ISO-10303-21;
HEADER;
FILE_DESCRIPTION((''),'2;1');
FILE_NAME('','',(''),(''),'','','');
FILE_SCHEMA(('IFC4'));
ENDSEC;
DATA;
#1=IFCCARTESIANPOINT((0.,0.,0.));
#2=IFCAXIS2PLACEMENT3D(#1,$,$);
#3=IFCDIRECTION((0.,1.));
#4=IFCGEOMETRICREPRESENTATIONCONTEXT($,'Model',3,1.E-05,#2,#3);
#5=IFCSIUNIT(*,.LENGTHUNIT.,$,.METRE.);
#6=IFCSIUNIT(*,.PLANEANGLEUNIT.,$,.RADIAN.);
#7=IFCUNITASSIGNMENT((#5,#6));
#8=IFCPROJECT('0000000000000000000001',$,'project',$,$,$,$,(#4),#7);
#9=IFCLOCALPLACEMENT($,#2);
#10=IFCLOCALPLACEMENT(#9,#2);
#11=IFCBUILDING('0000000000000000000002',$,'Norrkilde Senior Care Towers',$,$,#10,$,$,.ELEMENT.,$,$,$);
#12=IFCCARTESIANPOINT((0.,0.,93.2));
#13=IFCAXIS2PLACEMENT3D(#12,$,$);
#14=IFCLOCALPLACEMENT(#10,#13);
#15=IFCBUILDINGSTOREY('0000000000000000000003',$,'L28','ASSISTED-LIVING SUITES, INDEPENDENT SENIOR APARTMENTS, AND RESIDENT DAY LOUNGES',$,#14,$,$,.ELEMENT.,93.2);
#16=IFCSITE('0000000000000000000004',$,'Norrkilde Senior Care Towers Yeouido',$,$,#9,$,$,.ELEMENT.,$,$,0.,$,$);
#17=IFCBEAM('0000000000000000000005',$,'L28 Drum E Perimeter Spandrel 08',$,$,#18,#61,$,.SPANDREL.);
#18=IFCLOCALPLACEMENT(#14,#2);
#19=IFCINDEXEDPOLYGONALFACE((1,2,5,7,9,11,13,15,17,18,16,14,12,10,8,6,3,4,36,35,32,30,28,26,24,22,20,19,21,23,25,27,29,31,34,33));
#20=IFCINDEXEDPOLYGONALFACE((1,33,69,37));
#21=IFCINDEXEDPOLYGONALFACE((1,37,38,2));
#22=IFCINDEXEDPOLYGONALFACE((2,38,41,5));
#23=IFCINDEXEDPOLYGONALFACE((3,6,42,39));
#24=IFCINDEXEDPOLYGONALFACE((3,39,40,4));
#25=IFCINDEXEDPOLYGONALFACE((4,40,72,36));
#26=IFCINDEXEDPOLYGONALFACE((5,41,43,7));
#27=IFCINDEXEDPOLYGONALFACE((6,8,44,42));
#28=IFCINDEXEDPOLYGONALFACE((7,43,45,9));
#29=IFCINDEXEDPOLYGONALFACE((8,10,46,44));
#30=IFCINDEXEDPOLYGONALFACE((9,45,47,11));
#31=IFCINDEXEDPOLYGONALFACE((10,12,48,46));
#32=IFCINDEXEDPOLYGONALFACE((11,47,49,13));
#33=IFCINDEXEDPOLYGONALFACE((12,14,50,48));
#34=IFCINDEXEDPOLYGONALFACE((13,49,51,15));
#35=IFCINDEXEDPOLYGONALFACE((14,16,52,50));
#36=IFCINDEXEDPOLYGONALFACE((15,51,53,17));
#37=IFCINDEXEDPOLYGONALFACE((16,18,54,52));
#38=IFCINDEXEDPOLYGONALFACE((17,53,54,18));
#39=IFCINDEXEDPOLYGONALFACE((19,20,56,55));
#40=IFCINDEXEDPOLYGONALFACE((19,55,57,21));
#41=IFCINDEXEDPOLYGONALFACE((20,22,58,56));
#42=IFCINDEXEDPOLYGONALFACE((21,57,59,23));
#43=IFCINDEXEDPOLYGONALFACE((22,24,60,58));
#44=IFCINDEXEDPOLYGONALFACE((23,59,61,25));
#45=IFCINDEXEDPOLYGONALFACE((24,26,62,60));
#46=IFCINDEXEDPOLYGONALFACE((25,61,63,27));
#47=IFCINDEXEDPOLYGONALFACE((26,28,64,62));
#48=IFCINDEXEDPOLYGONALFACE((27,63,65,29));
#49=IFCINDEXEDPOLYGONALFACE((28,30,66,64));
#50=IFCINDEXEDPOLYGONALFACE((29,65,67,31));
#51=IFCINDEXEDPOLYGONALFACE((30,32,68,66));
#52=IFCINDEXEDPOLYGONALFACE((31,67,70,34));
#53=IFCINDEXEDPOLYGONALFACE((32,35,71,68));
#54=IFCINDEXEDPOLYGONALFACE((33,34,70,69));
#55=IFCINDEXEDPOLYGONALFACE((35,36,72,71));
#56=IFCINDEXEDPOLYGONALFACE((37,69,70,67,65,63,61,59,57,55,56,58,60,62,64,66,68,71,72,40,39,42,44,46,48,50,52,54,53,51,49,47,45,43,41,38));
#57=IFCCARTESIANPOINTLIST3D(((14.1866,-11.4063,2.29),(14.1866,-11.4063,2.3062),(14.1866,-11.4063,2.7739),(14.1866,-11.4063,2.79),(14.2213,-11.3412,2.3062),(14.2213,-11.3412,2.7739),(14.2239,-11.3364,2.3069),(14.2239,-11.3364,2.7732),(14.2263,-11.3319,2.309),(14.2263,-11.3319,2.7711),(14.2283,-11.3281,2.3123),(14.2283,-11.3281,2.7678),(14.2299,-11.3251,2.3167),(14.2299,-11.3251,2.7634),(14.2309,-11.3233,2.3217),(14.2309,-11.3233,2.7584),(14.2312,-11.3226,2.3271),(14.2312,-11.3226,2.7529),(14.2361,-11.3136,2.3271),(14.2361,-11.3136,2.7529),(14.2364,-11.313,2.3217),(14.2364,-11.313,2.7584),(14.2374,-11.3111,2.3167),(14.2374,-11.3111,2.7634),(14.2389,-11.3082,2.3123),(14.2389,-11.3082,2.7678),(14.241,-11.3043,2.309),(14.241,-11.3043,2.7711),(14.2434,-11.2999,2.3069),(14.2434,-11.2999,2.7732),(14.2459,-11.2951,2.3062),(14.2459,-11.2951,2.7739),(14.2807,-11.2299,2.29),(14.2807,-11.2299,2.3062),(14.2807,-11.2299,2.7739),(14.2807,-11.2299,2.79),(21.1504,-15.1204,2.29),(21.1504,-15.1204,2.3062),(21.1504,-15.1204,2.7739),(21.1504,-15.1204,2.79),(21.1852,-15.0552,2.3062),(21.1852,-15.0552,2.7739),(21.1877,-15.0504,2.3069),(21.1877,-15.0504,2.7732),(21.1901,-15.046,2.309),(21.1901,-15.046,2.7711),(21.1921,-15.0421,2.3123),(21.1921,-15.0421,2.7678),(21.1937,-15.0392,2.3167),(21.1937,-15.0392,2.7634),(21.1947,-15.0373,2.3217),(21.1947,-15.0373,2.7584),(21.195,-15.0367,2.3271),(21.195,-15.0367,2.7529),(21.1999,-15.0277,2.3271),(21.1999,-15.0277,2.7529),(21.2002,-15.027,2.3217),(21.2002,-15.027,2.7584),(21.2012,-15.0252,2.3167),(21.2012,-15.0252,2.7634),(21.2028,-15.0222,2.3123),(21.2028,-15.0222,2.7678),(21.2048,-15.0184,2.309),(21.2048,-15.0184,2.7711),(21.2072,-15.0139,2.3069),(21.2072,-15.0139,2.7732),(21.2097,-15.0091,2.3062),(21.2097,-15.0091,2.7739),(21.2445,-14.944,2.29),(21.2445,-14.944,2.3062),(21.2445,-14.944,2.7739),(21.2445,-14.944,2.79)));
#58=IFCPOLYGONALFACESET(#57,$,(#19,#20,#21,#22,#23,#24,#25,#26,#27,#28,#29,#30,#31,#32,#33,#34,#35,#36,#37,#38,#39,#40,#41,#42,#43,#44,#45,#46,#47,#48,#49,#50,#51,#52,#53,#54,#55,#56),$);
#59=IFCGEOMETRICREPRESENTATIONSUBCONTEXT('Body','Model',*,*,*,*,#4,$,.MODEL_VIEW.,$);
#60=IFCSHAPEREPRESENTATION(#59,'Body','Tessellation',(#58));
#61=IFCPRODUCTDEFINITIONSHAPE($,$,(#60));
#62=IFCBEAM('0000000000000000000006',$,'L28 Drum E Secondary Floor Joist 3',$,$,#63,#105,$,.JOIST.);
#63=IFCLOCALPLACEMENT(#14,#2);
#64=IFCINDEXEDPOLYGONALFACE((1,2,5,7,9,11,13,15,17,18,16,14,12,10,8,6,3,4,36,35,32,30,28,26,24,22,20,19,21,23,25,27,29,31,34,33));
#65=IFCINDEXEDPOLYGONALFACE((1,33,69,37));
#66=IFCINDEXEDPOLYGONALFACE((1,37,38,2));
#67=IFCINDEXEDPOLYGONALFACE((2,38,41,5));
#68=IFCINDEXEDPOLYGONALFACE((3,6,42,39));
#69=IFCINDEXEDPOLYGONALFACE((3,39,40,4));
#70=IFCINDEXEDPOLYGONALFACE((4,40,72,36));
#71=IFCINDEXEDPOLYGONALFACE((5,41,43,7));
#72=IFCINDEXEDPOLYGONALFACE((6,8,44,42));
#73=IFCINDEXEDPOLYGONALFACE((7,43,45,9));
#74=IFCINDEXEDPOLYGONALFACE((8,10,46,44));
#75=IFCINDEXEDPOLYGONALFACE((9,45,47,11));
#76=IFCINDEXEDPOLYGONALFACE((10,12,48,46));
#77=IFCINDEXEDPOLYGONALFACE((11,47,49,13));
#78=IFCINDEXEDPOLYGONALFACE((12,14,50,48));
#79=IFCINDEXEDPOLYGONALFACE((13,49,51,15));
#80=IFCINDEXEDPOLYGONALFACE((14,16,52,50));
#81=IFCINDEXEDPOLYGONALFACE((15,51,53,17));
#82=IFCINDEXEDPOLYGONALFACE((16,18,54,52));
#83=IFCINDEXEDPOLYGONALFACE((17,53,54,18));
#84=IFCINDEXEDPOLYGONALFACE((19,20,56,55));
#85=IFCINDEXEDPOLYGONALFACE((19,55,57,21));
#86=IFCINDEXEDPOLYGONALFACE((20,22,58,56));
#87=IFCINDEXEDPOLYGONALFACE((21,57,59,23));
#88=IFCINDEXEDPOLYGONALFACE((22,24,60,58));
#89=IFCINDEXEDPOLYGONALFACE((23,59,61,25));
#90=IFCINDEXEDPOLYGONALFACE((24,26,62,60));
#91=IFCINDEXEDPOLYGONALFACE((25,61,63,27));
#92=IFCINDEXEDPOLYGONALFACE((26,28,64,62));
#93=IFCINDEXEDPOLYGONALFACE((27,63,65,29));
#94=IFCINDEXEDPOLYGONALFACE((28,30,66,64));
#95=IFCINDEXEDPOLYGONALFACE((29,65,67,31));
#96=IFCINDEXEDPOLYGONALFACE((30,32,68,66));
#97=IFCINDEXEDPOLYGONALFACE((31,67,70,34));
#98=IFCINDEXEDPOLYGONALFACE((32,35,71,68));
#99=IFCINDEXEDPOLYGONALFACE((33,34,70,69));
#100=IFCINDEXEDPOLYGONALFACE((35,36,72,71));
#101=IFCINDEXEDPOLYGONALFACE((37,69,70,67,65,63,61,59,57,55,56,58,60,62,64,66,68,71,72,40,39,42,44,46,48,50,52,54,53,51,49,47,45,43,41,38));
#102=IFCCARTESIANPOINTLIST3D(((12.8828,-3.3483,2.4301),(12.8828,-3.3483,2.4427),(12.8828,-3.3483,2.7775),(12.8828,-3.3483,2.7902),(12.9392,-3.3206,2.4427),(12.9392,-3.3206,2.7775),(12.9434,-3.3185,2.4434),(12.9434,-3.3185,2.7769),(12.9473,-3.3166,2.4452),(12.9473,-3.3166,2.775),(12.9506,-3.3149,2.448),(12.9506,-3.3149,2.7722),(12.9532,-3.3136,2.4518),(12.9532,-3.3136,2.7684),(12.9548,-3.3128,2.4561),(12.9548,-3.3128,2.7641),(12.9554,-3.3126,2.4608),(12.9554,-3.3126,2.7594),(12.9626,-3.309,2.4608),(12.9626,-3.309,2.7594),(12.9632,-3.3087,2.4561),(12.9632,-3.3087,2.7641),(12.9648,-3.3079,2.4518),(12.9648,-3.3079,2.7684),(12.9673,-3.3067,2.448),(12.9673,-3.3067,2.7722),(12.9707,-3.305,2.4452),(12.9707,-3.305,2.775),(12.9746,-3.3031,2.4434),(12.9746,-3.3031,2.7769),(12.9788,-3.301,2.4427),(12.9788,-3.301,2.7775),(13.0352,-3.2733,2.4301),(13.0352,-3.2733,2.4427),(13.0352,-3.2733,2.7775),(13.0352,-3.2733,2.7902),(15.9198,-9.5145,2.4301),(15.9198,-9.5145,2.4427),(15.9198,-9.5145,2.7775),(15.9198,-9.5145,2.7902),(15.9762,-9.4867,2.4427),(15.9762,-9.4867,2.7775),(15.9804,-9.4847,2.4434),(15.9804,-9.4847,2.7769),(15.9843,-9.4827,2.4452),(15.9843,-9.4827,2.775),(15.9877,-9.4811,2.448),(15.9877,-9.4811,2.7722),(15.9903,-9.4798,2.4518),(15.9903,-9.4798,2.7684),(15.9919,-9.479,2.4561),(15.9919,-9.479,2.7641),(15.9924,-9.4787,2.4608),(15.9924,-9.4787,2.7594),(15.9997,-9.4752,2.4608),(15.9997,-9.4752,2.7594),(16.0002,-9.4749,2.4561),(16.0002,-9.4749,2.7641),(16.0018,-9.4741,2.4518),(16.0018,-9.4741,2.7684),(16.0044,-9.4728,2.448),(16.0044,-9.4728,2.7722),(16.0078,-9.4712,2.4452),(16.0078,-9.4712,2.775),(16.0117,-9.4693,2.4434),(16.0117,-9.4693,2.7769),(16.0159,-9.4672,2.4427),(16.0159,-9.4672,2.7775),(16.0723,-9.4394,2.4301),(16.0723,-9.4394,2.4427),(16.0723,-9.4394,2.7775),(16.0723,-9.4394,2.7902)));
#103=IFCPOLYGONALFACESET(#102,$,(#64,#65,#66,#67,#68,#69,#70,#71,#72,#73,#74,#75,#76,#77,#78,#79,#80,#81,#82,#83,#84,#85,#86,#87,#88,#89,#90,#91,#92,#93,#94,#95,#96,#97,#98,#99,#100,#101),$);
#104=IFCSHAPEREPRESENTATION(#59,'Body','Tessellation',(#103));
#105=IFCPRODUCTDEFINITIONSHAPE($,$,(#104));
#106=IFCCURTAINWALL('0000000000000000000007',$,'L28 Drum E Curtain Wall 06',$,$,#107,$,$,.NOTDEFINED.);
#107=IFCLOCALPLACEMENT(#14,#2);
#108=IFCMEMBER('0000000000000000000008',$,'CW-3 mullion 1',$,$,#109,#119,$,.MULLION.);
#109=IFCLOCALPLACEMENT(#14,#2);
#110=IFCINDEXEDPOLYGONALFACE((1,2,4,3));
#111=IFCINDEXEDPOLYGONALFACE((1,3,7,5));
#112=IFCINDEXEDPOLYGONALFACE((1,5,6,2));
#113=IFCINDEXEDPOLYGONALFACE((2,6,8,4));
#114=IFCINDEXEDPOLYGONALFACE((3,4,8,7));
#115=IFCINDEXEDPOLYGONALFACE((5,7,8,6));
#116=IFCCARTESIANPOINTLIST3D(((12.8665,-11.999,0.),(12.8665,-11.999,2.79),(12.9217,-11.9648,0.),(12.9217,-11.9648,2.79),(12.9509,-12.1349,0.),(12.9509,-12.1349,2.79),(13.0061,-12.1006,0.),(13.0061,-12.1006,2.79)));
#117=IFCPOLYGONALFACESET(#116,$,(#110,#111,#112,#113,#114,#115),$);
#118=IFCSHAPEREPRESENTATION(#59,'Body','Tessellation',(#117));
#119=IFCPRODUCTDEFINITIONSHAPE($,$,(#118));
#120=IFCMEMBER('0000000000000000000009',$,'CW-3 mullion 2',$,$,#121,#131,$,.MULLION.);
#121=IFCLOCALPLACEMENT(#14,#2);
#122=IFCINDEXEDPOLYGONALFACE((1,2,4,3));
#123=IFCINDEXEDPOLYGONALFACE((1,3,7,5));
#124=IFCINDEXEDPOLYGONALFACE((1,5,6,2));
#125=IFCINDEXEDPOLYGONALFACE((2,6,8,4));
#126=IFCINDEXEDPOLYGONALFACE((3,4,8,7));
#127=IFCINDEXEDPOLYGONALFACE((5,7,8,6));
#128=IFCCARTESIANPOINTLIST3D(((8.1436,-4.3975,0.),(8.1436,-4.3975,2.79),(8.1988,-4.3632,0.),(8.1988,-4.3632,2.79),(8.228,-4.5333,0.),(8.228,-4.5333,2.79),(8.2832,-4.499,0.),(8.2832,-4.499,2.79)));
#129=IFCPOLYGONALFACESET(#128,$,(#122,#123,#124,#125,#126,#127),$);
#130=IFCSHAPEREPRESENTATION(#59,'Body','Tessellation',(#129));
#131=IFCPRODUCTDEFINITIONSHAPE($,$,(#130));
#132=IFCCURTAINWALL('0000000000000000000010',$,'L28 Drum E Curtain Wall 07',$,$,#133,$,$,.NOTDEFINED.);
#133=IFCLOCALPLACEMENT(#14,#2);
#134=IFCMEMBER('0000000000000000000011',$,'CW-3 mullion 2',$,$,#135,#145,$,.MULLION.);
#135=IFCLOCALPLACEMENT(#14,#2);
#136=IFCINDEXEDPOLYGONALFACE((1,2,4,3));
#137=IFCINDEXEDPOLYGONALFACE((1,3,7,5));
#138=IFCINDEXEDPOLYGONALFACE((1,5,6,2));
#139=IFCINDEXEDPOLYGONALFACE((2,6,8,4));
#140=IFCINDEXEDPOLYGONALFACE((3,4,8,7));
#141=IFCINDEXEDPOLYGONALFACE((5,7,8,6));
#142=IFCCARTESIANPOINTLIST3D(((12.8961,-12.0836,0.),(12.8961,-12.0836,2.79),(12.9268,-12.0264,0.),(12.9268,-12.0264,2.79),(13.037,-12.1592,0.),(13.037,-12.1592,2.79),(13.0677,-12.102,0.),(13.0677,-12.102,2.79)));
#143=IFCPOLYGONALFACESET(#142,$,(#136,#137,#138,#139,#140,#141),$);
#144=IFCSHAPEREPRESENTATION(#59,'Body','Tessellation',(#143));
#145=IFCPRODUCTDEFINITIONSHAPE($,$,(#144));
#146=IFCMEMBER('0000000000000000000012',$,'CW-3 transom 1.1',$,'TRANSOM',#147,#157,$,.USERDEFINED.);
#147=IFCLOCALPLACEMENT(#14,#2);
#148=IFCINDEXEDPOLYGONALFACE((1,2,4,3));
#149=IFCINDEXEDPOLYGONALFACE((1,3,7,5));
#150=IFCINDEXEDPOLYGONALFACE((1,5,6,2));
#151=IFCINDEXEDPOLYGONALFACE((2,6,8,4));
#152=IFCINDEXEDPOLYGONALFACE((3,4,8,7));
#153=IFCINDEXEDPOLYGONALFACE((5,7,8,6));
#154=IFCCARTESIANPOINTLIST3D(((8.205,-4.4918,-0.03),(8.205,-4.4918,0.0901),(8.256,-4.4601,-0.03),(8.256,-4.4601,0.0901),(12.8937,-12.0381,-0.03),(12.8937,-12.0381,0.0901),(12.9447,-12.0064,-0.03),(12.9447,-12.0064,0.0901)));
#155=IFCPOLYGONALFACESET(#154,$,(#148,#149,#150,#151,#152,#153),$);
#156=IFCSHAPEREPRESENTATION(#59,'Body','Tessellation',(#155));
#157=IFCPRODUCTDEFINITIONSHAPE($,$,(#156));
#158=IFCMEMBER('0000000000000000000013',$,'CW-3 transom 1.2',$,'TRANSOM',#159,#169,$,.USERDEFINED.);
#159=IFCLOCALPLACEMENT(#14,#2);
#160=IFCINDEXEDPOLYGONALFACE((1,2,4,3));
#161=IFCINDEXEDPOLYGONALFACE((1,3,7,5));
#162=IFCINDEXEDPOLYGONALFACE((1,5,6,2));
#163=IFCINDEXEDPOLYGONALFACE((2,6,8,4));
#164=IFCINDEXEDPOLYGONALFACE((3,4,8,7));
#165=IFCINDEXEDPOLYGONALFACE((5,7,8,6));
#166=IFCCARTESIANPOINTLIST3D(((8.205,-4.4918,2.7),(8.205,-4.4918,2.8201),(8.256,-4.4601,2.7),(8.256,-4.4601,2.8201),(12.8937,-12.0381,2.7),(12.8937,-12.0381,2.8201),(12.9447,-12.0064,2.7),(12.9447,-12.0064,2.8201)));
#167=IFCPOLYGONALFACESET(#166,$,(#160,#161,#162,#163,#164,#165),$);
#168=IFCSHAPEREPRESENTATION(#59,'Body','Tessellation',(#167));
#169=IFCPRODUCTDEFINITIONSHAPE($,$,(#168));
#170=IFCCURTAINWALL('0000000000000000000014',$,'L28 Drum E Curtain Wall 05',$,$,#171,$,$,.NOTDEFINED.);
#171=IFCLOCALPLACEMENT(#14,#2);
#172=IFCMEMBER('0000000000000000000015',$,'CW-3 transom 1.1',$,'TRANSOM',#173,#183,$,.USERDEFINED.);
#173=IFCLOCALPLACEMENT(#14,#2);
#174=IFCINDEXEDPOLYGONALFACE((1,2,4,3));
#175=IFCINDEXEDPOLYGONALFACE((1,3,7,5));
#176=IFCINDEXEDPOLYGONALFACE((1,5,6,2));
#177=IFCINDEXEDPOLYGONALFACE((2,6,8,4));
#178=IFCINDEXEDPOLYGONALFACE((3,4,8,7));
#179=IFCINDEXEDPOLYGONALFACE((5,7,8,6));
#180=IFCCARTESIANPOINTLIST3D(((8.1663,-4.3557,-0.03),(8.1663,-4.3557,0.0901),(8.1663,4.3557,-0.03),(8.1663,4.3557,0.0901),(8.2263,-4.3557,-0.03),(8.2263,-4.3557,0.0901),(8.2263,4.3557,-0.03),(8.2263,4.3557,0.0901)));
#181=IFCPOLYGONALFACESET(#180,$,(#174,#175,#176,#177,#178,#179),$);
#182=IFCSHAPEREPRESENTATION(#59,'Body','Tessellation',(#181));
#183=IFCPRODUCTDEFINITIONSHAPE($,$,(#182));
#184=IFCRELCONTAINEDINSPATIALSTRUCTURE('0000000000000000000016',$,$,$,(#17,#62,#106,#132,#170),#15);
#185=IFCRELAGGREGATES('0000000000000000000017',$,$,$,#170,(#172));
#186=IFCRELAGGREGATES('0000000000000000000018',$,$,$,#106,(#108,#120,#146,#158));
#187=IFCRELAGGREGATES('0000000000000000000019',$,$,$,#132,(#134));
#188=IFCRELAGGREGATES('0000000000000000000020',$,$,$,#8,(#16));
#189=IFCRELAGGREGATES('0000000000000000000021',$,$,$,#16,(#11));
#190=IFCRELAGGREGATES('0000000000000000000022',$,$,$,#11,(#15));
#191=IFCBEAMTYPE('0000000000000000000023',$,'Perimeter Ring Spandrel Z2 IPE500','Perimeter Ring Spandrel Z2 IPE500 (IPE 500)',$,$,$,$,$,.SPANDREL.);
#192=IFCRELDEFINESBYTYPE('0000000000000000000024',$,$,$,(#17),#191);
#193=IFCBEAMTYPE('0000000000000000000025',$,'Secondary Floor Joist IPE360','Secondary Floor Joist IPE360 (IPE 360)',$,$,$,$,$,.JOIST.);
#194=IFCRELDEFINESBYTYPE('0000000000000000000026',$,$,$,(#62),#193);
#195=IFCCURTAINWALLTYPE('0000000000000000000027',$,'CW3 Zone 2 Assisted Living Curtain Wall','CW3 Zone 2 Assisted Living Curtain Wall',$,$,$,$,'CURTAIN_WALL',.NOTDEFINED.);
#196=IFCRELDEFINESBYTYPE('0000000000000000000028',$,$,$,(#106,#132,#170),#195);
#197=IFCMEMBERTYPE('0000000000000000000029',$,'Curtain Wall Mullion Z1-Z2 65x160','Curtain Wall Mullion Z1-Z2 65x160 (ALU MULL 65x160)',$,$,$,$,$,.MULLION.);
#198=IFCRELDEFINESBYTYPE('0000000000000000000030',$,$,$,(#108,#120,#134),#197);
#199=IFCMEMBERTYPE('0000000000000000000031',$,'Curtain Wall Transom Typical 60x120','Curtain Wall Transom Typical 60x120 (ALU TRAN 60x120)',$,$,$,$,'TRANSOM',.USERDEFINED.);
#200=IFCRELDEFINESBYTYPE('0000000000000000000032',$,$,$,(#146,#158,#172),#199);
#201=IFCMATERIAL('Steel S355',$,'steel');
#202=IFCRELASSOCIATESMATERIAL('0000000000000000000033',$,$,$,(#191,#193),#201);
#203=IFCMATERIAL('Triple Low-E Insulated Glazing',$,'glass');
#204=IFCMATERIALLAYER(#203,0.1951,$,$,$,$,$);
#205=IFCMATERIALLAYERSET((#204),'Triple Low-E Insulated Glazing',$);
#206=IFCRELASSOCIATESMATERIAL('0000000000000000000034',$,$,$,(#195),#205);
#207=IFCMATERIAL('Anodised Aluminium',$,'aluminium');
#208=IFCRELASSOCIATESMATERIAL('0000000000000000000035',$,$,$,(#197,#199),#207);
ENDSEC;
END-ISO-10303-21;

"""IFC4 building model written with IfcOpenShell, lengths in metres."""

from ifc_helpers import new_model, si_unit, direction, frame, origin, origin_2d, place, context, subcontext, project, spatial, rectangle, i_section, extrude, source, transform, mapped, material, layer, layer_set, material_profile, profile_set, type_object, type_shapes, element, aggregate, save


model = new_model("IFC4")

# Units and contexts
model_context = context("Model", 3, precision=1e-05, world=origin(), true_north=direction((0.0, 1.0)))
body_context = subcontext(model_context, "Body", "Model", "MODEL_VIEW")
ifc_project = project(units=[si_unit("LENGTHUNIT", "METRE"), si_unit("PLANEANGLEUNIT", "RADIAN")], contexts=[model_context])

# Site, building, storey
site_placement = place(None, origin())
site = spatial("IfcSite", under=ifc_project, at=site_placement, Name="Norrkilde Senior Care Towers Yeouido", CompositionType="ELEMENT", RefElevation=0.0)
building_placement = place(site_placement, origin())
building = spatial("IfcBuilding", under=site, at=building_placement, Name="Norrkilde Senior Care Towers", CompositionType="ELEMENT")
storey_placement = place(building_placement, frame((0.0, 0.0, 93.2)))
storey = spatial("IfcBuildingStorey", under=building, at=storey_placement, Name="L28", Description="ASSISTED-LIVING SUITES, INDEPENDENT SENIOR APARTMENTS, AND RESIDENT DAY LOUNGES", CompositionType="ELEMENT", Elevation=93.2)

# Beams
ifc_material_1 = material(Name="Steel S355", Category="steel")
ifc_material_profile_1 = material_profile(ifc_material_1, i_section(OverallWidth=0.2, OverallDepth=0.5, WebThickness=0.0103, FlangeThickness=0.0161, FilletRadius=0.021, at=origin_2d()), Name="IPE 500")
ifc_profile_set_1 = profile_set([ifc_material_profile_1], Name="Steel S355")
beam_type_1 = type_object("IfcBeamType", Name="Perimeter Ring Spandrel Z2 IPE500", Description="Perimeter Ring Spandrel Z2 IPE500 (IPE 500)", PredefinedType="SPANDREL", material=ifc_profile_set_1)
shared_shape_1 = source(origin(), body_context, "Body", "SweptSolid", [
    extrude(i_section(OverallWidth=0.2, OverallDepth=0.5, WebThickness=0.0103, FlangeThickness=0.0161, FilletRadius=0.021, at=origin_2d()), origin(), (0.0, 0.0, 1.0), 7.8923),
])
beam_1_placement = place(storey_placement, frame((14.2336, -11.3181, 2.54), z_axis=(0.88235, -0.470593, 0.0), x_axis=(0.470593, 0.88235, 0.0)))
element("IfcBeam", 1, at=beam_1_placement, inside=storey, type_object=beam_type_1, Name="L28 Drum E Perimeter Spandrel 08", PredefinedType="SPANDREL", context=body_context, shape_type="MappedRepresentation", body=[
    mapped(shared_shape_1, transform((0.0, 0.0, 0.0), x_axis=(1.0, 0.0, 0.0), y_axis=(0.0, 1.0, 0.0), z_axis=(0.0, 0.0, 1.0), scale=1.0)),
])
ifc_material_profile_2 = material_profile(ifc_material_1, i_section(OverallWidth=0.1699, OverallDepth=0.3601, WebThickness=0.0081, FlangeThickness=0.0127, FilletRadius=0.0181, at=origin_2d()), Name="IPE 360")
ifc_profile_set_2 = profile_set([ifc_material_profile_2], Name="Steel S355")
beam_type_2 = type_object("IfcBeamType", Name="Secondary Floor Joist IPE360", Description="Secondary Floor Joist IPE360 (IPE 360)", PredefinedType="JOIST", material=ifc_profile_set_2)
shared_shape_2 = source(origin(), body_context, "Body", "SweptSolid", [
    extrude(i_section(OverallWidth=0.1699, OverallDepth=0.3601, WebThickness=0.0081, FlangeThickness=0.0127, FilletRadius=0.0181, at=origin_2d()), origin(), (0.0, 0.0, 1.0), 6.8735),
])
type_shapes(beam_type_2, [shared_shape_2])
beam_2_placement = place(storey_placement, frame((12.959, -3.3108, 2.6101), z_axis=(0.441849, -0.897089, 0.0), x_axis=(0.897089, 0.441849, 0.0)))
element("IfcBeam", 2, at=beam_2_placement, inside=storey, type_object=beam_type_2, Name="L28 Drum E Secondary Floor Joist 3", PredefinedType="JOIST", context=body_context, shape_type="MappedRepresentation", body=[
    mapped(shared_shape_2, transform((0.0, 0.0, 0.0), x_axis=(1.0, 0.0, 0.0), y_axis=(0.0, 1.0, 0.0), z_axis=(0.0, 0.0, 1.0), scale=1.0)),
])

# Curtain wall, members
ifc_material_2 = material(Name="Triple Low-E Insulated Glazing", Category="glass")
ifc_layer_1 = layer(ifc_material_2, 0.1951)
ifc_layer_set_1 = layer_set([ifc_layer_1], Name="Triple Low-E Insulated Glazing")
curtain_wall_type = type_object("IfcCurtainWallType", Name="CW3 Zone 2 Assisted Living Curtain Wall", Description="CW3 Zone 2 Assisted Living Curtain Wall", ElementType="CURTAIN_WALL", PredefinedType="NOTDEFINED", material=ifc_layer_set_1)
curtain_wall_1_placement = place(storey_placement, origin())
curtain_wall_1 = element("IfcCurtainWall", 3, at=curtain_wall_1_placement, inside=storey, type_object=curtain_wall_type, Name="L28 Drum E Curtain Wall 06", PredefinedType="NOTDEFINED")
ifc_material_3 = material(Name="Anodised Aluminium", Category="aluminium")
ifc_material_profile_3 = material_profile(ifc_material_3, rectangle(XDim=0.0649, YDim=0.1599, at=origin_2d()), Name="ALU MULL 65x160")
ifc_profile_set_3 = profile_set([ifc_material_profile_3], Name="Anodised Aluminium")
member_type_1 = type_object("IfcMemberType", Name="Curtain Wall Mullion Z1-Z2 65x160", Description="Curtain Wall Mullion Z1-Z2 65x160 (ALU MULL 65x160)", PredefinedType="MULLION", material=ifc_profile_set_3)
shared_shape_3 = source(origin(), body_context, "Body", "SweptSolid", [
    extrude(rectangle(XDim=0.0649, YDim=0.1599, at=origin_2d()), origin(), (0.0, 0.0, 1.0), 2.79),
])
type_shapes(member_type_1, [shared_shape_3])
member_1_placement = place(storey_placement, frame((12.9363, -12.0498, 0.0), z_axis=(0.0, 0.0, 1.0), x_axis=(-0.84941, -0.527733, 0.0)))
member_1 = element("IfcMember", 4, at=member_1_placement, type_object=member_type_1, Name="CW-3 mullion 1", PredefinedType="MULLION", context=body_context, shape_type="MappedRepresentation", body=[
    mapped(shared_shape_3, transform((0.0, 0.0, 0.0), x_axis=(1.0, 0.0, 0.0), y_axis=(0.0, 1.0, 0.0), z_axis=(0.0, 0.0, 1.0), scale=1.0)),
])
member_2_placement = place(storey_placement, frame((8.2134, -4.4482, 0.0), z_axis=(0.0, 0.0, 1.0), x_axis=(-0.84941, -0.527733, 0.0)))
member_2 = element("IfcMember", 5, at=member_2_placement, type_object=member_type_1, Name="CW-3 mullion 2", PredefinedType="MULLION", context=body_context, shape_type="MappedRepresentation", body=[
    mapped(shared_shape_3, transform((0.0, 0.0, 0.0), x_axis=(1.0, 0.0, 0.0), y_axis=(0.0, 1.0, 0.0), z_axis=(0.0, 0.0, 1.0), scale=1.0)),
])

# Curtain wall, member
curtain_wall_2_placement = place(storey_placement, origin())
curtain_wall_2 = element("IfcCurtainWall", 6, at=curtain_wall_2_placement, inside=storey, type_object=curtain_wall_type, Name="L28 Drum E Curtain Wall 07", PredefinedType="NOTDEFINED")
member_3_placement = place(storey_placement, frame((12.9819, -12.0928, 0.0), z_axis=(0.0, 0.0, 1.0), x_axis=(-0.472769, -0.881186, 0.0)))
member_3 = element("IfcMember", 7, at=member_3_placement, type_object=member_type_1, Name="CW-3 mullion 2", PredefinedType="MULLION", context=body_context, shape_type="MappedRepresentation", body=[
    mapped(shared_shape_3, transform((0.0, 0.0, 0.0), x_axis=(1.0, 0.0, 0.0), y_axis=(0.0, 1.0, 0.0), z_axis=(0.0, 0.0, 1.0), scale=1.0)),
])

# Members
ifc_material_profile_4 = material_profile(ifc_material_3, rectangle(XDim=0.0601, YDim=0.1201, at=origin_2d()), Name="ALU TRAN 60x120")
ifc_profile_set_4 = profile_set([ifc_material_profile_4], Name="Anodised Aluminium")
member_type_2 = type_object("IfcMemberType", Name="Curtain Wall Transom Typical 60x120", Description="Curtain Wall Transom Typical 60x120 (ALU TRAN 60x120)", ElementType="TRANSOM", PredefinedType="USERDEFINED", material=ifc_profile_set_4)
shared_shape_4 = source(origin(), body_context, "Body", "SweptSolid", [
    extrude(rectangle(XDim=0.0601, YDim=0.1201, at=origin_2d()), origin(), (0.0, 0.0, 1.0), 8.8843),
])
member_4_placement = place(storey_placement, frame((12.9192, -12.0222, 0.03), z_axis=(-0.527749, 0.8494, 0.0), x_axis=(-0.8494, -0.527749, 0.0)))
member_4 = element("IfcMember", 8, at=member_4_placement, type_object=member_type_2, Name="CW-3 transom 1.1", ObjectType="TRANSOM", PredefinedType="USERDEFINED", context=body_context, shape_type="MappedRepresentation", body=[
    mapped(shared_shape_4, transform((0.0, 0.0, 0.0), x_axis=(1.0, 0.0, 0.0), y_axis=(0.0, 1.0, 0.0), z_axis=(0.0, 0.0, 1.0), scale=1.0)),
])
member_5_placement = place(storey_placement, frame((12.9192, -12.0222, 2.76), z_axis=(-0.527749, 0.8494, 0.0), x_axis=(-0.8494, -0.527749, 0.0)))
member_5 = element("IfcMember", 9, at=member_5_placement, type_object=member_type_2, Name="CW-3 transom 1.2", ObjectType="TRANSOM", PredefinedType="USERDEFINED", context=body_context, shape_type="MappedRepresentation", body=[
    mapped(shared_shape_4, transform((0.0, 0.0, 0.0), x_axis=(1.0, 0.0, 0.0), y_axis=(0.0, 1.0, 0.0), z_axis=(0.0, 0.0, 1.0), scale=1.0)),
])

# Curtain wall, member
curtain_wall_3_placement = place(storey_placement, origin())
curtain_wall_3 = element("IfcCurtainWall", 10, at=curtain_wall_3_placement, inside=storey, type_object=curtain_wall_type, Name="L28 Drum E Curtain Wall 05", PredefinedType="NOTDEFINED")
shared_shape_5 = source(origin(), body_context, "Body", "SweptSolid", [
    extrude(rectangle(XDim=0.0601, YDim=0.1201, at=origin_2d()), origin(), (0.0, 0.0, 1.0), 8.7114),
])
type_shapes(member_type_2, [shared_shape_4, shared_shape_5])
member_6_placement = place(storey_placement, frame((8.1963, -4.3557, 0.03), z_axis=(0.0, 1.0, 0.0), x_axis=(-1.0, 0.0, 0.0)))
member_6 = element("IfcMember", 11, at=member_6_placement, type_object=member_type_2, Name="CW-3 transom 1.1", ObjectType="TRANSOM", PredefinedType="USERDEFINED", context=body_context, shape_type="MappedRepresentation", body=[
    mapped(shared_shape_5, transform((0.0, 0.0, 0.0), x_axis=(1.0, 0.0, 0.0), y_axis=(0.0, 1.0, 0.0), z_axis=(0.0, 0.0, 1.0), scale=1.0)),
])
aggregate(curtain_wall_3, [member_6])

aggregate(curtain_wall_1, [member_1, member_2, member_4, member_5])
aggregate(curtain_wall_2, [member_3])

save(model, "model.ifc")
